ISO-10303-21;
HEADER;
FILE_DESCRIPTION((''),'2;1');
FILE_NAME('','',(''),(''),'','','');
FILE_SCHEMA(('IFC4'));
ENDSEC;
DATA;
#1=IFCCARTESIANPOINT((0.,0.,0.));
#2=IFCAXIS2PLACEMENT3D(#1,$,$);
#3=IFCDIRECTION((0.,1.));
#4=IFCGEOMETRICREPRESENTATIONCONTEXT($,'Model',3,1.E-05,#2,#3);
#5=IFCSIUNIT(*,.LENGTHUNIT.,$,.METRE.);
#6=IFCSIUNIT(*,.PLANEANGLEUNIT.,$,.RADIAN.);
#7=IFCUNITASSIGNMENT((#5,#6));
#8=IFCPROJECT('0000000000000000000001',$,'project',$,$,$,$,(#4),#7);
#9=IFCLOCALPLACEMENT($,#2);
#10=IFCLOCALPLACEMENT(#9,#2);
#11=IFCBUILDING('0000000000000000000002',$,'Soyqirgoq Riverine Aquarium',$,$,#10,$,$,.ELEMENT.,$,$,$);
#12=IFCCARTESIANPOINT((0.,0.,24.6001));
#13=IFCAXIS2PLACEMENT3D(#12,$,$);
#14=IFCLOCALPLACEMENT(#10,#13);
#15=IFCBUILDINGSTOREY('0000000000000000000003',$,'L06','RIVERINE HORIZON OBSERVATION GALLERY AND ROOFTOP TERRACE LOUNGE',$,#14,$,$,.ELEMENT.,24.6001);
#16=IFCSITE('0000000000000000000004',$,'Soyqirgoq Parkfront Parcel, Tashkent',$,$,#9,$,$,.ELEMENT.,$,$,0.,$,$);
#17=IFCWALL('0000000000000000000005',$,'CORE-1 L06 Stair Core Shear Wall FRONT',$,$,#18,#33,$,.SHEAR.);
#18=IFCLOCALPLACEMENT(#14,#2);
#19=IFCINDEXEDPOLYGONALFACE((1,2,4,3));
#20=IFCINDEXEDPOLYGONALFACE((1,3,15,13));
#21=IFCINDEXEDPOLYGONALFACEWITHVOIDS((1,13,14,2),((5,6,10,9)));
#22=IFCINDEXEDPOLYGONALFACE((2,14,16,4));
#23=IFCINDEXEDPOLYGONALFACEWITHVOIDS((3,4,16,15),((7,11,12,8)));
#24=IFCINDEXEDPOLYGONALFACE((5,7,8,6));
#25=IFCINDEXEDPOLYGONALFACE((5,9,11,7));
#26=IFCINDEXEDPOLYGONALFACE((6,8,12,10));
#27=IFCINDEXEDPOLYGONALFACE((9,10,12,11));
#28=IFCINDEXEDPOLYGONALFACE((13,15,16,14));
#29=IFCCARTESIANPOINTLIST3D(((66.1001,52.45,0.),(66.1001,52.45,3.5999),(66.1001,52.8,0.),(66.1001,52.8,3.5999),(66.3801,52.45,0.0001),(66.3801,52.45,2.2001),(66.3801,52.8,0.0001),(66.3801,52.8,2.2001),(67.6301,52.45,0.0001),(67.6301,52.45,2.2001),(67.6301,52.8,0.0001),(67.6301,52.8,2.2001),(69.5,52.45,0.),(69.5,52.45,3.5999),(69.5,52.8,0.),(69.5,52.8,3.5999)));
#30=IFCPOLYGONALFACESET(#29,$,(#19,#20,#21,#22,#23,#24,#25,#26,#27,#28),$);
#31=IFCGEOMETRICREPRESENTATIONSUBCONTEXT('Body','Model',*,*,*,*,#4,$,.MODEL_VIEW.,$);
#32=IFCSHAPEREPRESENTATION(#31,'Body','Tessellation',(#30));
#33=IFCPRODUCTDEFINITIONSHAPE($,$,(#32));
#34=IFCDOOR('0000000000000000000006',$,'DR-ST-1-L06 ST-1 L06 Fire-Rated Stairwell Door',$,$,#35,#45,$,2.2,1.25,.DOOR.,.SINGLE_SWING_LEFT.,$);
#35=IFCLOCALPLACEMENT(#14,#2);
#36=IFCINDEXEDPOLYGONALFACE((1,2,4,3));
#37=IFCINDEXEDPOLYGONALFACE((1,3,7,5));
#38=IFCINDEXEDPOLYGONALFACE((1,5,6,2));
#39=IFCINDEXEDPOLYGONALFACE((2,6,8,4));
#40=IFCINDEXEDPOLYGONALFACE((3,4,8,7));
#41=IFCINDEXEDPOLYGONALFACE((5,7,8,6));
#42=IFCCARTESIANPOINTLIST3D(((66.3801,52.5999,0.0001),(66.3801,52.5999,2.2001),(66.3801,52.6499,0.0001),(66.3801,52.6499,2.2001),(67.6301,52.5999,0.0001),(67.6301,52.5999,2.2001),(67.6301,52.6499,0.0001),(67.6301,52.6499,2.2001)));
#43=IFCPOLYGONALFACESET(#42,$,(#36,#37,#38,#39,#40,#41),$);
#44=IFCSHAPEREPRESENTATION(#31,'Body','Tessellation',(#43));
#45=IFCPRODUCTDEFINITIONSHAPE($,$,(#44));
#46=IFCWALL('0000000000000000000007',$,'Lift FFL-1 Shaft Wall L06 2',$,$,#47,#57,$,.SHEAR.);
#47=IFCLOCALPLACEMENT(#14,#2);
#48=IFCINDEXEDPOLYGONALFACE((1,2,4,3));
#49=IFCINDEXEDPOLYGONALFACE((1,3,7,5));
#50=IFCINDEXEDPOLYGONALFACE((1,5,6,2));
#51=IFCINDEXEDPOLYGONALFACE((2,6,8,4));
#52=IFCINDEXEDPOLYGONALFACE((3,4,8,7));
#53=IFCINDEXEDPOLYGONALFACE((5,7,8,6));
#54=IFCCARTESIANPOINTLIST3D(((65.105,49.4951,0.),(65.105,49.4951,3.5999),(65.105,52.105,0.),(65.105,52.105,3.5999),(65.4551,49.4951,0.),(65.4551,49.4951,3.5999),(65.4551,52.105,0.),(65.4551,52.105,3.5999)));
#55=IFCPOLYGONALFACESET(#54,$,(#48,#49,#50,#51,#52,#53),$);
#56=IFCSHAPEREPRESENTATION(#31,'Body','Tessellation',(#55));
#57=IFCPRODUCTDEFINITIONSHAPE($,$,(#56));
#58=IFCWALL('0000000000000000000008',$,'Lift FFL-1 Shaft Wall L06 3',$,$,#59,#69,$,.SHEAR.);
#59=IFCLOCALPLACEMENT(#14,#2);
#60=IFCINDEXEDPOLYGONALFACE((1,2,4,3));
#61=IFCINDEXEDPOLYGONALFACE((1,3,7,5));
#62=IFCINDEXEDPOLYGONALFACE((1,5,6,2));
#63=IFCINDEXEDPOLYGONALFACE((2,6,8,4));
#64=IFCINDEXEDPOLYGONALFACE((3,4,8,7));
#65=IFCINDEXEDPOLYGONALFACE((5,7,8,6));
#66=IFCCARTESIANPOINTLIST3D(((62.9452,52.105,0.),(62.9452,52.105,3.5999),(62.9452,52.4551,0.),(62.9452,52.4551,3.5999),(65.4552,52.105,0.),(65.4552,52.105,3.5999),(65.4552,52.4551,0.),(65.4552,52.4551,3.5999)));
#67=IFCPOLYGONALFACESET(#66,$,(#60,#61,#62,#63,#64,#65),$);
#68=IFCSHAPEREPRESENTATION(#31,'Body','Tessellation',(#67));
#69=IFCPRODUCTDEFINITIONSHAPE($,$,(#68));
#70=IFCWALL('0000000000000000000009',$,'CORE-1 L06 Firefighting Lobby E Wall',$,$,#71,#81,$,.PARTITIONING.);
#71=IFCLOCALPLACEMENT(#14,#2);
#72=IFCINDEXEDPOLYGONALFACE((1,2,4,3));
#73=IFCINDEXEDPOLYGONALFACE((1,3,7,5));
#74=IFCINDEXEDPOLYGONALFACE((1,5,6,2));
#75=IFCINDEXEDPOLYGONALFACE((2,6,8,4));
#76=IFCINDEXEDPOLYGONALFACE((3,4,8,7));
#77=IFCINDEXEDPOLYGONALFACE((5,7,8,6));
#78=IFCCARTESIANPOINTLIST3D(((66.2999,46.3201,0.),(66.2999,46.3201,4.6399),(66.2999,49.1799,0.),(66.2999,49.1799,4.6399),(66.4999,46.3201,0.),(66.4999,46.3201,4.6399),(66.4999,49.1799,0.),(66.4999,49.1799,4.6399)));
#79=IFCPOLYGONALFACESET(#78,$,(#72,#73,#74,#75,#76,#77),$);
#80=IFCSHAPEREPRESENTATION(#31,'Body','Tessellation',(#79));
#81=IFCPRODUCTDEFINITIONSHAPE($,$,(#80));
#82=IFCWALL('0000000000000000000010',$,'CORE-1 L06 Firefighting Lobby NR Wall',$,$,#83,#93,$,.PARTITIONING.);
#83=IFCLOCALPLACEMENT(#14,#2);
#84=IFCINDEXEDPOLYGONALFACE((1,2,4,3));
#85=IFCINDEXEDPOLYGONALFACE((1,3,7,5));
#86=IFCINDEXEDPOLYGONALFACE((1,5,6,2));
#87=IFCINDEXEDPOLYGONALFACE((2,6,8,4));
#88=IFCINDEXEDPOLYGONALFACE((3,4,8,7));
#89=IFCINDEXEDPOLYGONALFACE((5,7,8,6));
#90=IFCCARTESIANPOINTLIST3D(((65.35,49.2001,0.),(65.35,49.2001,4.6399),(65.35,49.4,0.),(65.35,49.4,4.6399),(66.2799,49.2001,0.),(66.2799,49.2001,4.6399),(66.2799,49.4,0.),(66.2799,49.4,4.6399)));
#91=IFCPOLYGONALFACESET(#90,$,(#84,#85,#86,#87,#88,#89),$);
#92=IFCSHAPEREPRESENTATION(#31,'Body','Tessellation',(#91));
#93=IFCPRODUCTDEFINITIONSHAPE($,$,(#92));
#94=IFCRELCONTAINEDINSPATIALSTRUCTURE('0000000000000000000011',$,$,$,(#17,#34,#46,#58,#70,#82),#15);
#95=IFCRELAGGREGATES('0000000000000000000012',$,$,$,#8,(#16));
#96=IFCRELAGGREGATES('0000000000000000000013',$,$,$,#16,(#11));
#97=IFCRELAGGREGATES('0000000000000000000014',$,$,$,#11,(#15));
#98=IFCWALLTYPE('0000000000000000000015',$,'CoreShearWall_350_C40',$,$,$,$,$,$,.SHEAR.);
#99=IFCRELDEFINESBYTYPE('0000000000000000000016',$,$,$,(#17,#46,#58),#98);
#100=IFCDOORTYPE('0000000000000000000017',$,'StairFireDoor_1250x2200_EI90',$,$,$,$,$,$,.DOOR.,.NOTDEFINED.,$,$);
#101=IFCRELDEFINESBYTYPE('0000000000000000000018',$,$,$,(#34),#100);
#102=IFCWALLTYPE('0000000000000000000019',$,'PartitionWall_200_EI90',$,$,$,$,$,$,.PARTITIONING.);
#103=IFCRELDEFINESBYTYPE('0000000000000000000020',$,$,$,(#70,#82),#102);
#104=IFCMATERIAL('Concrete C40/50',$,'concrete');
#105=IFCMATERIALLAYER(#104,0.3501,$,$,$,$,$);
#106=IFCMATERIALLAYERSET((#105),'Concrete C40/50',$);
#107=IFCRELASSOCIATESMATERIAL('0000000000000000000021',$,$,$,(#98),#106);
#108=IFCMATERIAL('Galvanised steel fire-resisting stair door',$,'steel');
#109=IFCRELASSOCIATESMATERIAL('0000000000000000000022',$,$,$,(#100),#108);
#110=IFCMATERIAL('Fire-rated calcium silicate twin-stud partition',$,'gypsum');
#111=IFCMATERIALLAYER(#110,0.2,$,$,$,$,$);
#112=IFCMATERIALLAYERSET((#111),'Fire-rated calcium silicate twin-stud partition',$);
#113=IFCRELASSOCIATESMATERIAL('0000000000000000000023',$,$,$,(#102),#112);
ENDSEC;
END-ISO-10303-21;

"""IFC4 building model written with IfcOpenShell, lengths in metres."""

from ifc_helpers import new_model, si_unit, direction, frame, frame_2d, origin, place, context, subcontext, project, spatial, rectangle, extrude, material, layer, layer_set, type_object, element, fill, save


model = new_model("IFC4")

# Units and contexts
model_context = context("Model", 3, precision=1e-05, world=origin(), true_north=direction((0.0, 1.0)))
body_context = subcontext(model_context, "Body", "Model", "MODEL_VIEW")
ifc_project = project(units=[si_unit("LENGTHUNIT", "METRE"), si_unit("PLANEANGLEUNIT", "RADIAN")], contexts=[model_context])

# Site, building, storey
site_placement = place(None, origin())
site = spatial("IfcSite", under=ifc_project, at=site_placement, Name="Soyqirgoq Parkfront Parcel, Tashkent", CompositionType="ELEMENT", RefElevation=0.0)
building_placement = place(site_placement, origin())
building = spatial("IfcBuilding", under=site, at=building_placement, Name="Soyqirgoq Riverine Aquarium", CompositionType="ELEMENT")
storey_placement = place(building_placement, frame((0.0, 0.0, 24.6001)))
storey = spatial("IfcBuildingStorey", under=building, at=storey_placement, Name="L06", Description="RIVERINE HORIZON OBSERVATION GALLERY AND ROOFTOP TERRACE LOUNGE", CompositionType="ELEMENT", Elevation=24.6001)

# Wall, opening, door
ifc_material_1 = material(Name="Concrete C40/50", Category="concrete")
ifc_layer_1 = layer(ifc_material_1, 0.3501)
ifc_layer_set_1 = layer_set([ifc_layer_1], Name="Concrete C40/50")
wall_type_1 = type_object("IfcWallType", Name="CoreShearWall_350_C40", PredefinedType="SHEAR", material=ifc_layer_set_1)
wall_1_placement = place(storey_placement, frame((66.1001, 52.625, 0.0), z_axis=(0.0, 0.0, 1.0), x_axis=(1.0, 0.0, 0.0)))
wall_1 = element("IfcWall", 1, at=wall_1_placement, inside=storey, type_object=wall_type_1, Name="CORE-1 L06 Stair Core Shear Wall FRONT", PredefinedType="SHEAR", context=body_context, shape_type="SweptSolid", body=[
    extrude(rectangle(XDim=3.3999, YDim=0.3501, at=frame_2d((1.7, 0.0))), origin(), (0.0, 0.0, 1.0), 3.5999),
])
opening_placement = place(wall_1_placement, frame((0.28, 0.0, 0.0)))
opening = element("IfcOpeningElement", 2, at=opening_placement, cuts=wall_1, PredefinedType="OPENING", context=body_context, shape_type="SweptSolid", body=[
    extrude(rectangle(XDim=1.25, YDim=2.2, at=frame_2d((0.625, 1.1001))), frame((0.0, 0.1851, 0.0), z_axis=(0.0, -1.0, 0.0), x_axis=(1.0, 0.0, 0.0)), (0.0, 0.0, 1.0), 0.3701),
])
ifc_material_2 = material(Name="Galvanised steel fire-resisting stair door", Category="steel")
door_type = type_object("IfcDoorType", Name="StairFireDoor_1250x2200_EI90", OperationType="NOTDEFINED", PredefinedType="DOOR", material=ifc_material_2)
door_placement = place(opening_placement, origin())
door = element("IfcDoor", 3, at=door_placement, inside=storey, type_object=door_type, Name="DR-ST-1-L06 ST-1 L06 Fire-Rated Stairwell Door", OperationType="SINGLE_SWING_LEFT", OverallHeight=2.2, OverallWidth=1.25, PredefinedType="DOOR", context=body_context, shape_type="SweptSolid", body=[
    extrude(rectangle(XDim=1.25, YDim=2.2, at=frame_2d((0.625, 1.1001))), frame((0.0, 0.0249, 0.0), z_axis=(0.0, -1.0, 0.0), x_axis=(1.0, 0.0, 0.0)), (0.0, 0.0, 1.0), 0.05),
])
fill(opening, door)

# Walls
wall_2_placement = place(storey_placement, frame((65.28, 49.4951, 0.0), z_axis=(0.0, 0.0, 1.0), x_axis=(0.0, 1.0, 0.0)))
element("IfcWall", 4, at=wall_2_placement, inside=storey, type_object=wall_type_1, Name="Lift FFL-1 Shaft Wall L06 2", PredefinedType="SHEAR", context=body_context, shape_type="SweptSolid", body=[
    extrude(rectangle(XDim=2.6099, YDim=0.3501, at=frame_2d((1.3049, 0.0))), origin(), (0.0, 0.0, 1.0), 3.5999),
])
wall_3_placement = place(storey_placement, frame((65.4551, 52.28, 0.0), z_axis=(0.0, 0.0, 1.0), x_axis=(-1.0, 0.0, 0.0)))
element("IfcWall", 5, at=wall_3_placement, inside=storey, type_object=wall_type_1, Name="Lift FFL-1 Shaft Wall L06 3", PredefinedType="SHEAR", context=body_context, shape_type="SweptSolid", body=[
    extrude(rectangle(XDim=2.51, YDim=0.3501, at=frame_2d((1.2549, 0.0))), origin(), (0.0, 0.0, 1.0), 3.5999),
])
ifc_material_3 = material(Name="Fire-rated calcium silicate twin-stud partition", Category="gypsum")
ifc_layer_2 = layer(ifc_material_3, 0.2)
ifc_layer_set_2 = layer_set([ifc_layer_2], Name="Fire-rated calcium silicate twin-stud partition")
wall_type_2 = type_object("IfcWallType", Name="PartitionWall_200_EI90", PredefinedType="PARTITIONING", material=ifc_layer_set_2)
wall_4_placement = place(storey_placement, frame((66.3999, 46.3201, 0.0), z_axis=(0.0, 0.0, 1.0), x_axis=(0.0, 1.0, 0.0)))
element("IfcWall", 6, at=wall_4_placement, inside=storey, type_object=wall_type_2, Name="CORE-1 L06 Firefighting Lobby E Wall", PredefinedType="PARTITIONING", context=body_context, shape_type="SweptSolid", body=[
    extrude(rectangle(XDim=2.8599, YDim=0.2, at=frame_2d((1.4299, 0.0))), origin(), (0.0, 0.0, 1.0), 4.6399),
])
wall_5_placement = place(storey_placement, frame((65.3501, 49.3, 0.0), z_axis=(0.0, 0.0, 1.0), x_axis=(1.0, 0.0, 0.0)))
element("IfcWall", 7, at=wall_5_placement, inside=storey, type_object=wall_type_2, Name="CORE-1 L06 Firefighting Lobby NR Wall", PredefinedType="PARTITIONING", context=body_context, shape_type="SweptSolid", body=[
    extrude(rectangle(XDim=0.9299, YDim=0.2, at=frame_2d((0.4648, 0.0))), origin(), (0.0, 0.0, 1.0), 4.6399),
])

save(model, "model.ifc")
